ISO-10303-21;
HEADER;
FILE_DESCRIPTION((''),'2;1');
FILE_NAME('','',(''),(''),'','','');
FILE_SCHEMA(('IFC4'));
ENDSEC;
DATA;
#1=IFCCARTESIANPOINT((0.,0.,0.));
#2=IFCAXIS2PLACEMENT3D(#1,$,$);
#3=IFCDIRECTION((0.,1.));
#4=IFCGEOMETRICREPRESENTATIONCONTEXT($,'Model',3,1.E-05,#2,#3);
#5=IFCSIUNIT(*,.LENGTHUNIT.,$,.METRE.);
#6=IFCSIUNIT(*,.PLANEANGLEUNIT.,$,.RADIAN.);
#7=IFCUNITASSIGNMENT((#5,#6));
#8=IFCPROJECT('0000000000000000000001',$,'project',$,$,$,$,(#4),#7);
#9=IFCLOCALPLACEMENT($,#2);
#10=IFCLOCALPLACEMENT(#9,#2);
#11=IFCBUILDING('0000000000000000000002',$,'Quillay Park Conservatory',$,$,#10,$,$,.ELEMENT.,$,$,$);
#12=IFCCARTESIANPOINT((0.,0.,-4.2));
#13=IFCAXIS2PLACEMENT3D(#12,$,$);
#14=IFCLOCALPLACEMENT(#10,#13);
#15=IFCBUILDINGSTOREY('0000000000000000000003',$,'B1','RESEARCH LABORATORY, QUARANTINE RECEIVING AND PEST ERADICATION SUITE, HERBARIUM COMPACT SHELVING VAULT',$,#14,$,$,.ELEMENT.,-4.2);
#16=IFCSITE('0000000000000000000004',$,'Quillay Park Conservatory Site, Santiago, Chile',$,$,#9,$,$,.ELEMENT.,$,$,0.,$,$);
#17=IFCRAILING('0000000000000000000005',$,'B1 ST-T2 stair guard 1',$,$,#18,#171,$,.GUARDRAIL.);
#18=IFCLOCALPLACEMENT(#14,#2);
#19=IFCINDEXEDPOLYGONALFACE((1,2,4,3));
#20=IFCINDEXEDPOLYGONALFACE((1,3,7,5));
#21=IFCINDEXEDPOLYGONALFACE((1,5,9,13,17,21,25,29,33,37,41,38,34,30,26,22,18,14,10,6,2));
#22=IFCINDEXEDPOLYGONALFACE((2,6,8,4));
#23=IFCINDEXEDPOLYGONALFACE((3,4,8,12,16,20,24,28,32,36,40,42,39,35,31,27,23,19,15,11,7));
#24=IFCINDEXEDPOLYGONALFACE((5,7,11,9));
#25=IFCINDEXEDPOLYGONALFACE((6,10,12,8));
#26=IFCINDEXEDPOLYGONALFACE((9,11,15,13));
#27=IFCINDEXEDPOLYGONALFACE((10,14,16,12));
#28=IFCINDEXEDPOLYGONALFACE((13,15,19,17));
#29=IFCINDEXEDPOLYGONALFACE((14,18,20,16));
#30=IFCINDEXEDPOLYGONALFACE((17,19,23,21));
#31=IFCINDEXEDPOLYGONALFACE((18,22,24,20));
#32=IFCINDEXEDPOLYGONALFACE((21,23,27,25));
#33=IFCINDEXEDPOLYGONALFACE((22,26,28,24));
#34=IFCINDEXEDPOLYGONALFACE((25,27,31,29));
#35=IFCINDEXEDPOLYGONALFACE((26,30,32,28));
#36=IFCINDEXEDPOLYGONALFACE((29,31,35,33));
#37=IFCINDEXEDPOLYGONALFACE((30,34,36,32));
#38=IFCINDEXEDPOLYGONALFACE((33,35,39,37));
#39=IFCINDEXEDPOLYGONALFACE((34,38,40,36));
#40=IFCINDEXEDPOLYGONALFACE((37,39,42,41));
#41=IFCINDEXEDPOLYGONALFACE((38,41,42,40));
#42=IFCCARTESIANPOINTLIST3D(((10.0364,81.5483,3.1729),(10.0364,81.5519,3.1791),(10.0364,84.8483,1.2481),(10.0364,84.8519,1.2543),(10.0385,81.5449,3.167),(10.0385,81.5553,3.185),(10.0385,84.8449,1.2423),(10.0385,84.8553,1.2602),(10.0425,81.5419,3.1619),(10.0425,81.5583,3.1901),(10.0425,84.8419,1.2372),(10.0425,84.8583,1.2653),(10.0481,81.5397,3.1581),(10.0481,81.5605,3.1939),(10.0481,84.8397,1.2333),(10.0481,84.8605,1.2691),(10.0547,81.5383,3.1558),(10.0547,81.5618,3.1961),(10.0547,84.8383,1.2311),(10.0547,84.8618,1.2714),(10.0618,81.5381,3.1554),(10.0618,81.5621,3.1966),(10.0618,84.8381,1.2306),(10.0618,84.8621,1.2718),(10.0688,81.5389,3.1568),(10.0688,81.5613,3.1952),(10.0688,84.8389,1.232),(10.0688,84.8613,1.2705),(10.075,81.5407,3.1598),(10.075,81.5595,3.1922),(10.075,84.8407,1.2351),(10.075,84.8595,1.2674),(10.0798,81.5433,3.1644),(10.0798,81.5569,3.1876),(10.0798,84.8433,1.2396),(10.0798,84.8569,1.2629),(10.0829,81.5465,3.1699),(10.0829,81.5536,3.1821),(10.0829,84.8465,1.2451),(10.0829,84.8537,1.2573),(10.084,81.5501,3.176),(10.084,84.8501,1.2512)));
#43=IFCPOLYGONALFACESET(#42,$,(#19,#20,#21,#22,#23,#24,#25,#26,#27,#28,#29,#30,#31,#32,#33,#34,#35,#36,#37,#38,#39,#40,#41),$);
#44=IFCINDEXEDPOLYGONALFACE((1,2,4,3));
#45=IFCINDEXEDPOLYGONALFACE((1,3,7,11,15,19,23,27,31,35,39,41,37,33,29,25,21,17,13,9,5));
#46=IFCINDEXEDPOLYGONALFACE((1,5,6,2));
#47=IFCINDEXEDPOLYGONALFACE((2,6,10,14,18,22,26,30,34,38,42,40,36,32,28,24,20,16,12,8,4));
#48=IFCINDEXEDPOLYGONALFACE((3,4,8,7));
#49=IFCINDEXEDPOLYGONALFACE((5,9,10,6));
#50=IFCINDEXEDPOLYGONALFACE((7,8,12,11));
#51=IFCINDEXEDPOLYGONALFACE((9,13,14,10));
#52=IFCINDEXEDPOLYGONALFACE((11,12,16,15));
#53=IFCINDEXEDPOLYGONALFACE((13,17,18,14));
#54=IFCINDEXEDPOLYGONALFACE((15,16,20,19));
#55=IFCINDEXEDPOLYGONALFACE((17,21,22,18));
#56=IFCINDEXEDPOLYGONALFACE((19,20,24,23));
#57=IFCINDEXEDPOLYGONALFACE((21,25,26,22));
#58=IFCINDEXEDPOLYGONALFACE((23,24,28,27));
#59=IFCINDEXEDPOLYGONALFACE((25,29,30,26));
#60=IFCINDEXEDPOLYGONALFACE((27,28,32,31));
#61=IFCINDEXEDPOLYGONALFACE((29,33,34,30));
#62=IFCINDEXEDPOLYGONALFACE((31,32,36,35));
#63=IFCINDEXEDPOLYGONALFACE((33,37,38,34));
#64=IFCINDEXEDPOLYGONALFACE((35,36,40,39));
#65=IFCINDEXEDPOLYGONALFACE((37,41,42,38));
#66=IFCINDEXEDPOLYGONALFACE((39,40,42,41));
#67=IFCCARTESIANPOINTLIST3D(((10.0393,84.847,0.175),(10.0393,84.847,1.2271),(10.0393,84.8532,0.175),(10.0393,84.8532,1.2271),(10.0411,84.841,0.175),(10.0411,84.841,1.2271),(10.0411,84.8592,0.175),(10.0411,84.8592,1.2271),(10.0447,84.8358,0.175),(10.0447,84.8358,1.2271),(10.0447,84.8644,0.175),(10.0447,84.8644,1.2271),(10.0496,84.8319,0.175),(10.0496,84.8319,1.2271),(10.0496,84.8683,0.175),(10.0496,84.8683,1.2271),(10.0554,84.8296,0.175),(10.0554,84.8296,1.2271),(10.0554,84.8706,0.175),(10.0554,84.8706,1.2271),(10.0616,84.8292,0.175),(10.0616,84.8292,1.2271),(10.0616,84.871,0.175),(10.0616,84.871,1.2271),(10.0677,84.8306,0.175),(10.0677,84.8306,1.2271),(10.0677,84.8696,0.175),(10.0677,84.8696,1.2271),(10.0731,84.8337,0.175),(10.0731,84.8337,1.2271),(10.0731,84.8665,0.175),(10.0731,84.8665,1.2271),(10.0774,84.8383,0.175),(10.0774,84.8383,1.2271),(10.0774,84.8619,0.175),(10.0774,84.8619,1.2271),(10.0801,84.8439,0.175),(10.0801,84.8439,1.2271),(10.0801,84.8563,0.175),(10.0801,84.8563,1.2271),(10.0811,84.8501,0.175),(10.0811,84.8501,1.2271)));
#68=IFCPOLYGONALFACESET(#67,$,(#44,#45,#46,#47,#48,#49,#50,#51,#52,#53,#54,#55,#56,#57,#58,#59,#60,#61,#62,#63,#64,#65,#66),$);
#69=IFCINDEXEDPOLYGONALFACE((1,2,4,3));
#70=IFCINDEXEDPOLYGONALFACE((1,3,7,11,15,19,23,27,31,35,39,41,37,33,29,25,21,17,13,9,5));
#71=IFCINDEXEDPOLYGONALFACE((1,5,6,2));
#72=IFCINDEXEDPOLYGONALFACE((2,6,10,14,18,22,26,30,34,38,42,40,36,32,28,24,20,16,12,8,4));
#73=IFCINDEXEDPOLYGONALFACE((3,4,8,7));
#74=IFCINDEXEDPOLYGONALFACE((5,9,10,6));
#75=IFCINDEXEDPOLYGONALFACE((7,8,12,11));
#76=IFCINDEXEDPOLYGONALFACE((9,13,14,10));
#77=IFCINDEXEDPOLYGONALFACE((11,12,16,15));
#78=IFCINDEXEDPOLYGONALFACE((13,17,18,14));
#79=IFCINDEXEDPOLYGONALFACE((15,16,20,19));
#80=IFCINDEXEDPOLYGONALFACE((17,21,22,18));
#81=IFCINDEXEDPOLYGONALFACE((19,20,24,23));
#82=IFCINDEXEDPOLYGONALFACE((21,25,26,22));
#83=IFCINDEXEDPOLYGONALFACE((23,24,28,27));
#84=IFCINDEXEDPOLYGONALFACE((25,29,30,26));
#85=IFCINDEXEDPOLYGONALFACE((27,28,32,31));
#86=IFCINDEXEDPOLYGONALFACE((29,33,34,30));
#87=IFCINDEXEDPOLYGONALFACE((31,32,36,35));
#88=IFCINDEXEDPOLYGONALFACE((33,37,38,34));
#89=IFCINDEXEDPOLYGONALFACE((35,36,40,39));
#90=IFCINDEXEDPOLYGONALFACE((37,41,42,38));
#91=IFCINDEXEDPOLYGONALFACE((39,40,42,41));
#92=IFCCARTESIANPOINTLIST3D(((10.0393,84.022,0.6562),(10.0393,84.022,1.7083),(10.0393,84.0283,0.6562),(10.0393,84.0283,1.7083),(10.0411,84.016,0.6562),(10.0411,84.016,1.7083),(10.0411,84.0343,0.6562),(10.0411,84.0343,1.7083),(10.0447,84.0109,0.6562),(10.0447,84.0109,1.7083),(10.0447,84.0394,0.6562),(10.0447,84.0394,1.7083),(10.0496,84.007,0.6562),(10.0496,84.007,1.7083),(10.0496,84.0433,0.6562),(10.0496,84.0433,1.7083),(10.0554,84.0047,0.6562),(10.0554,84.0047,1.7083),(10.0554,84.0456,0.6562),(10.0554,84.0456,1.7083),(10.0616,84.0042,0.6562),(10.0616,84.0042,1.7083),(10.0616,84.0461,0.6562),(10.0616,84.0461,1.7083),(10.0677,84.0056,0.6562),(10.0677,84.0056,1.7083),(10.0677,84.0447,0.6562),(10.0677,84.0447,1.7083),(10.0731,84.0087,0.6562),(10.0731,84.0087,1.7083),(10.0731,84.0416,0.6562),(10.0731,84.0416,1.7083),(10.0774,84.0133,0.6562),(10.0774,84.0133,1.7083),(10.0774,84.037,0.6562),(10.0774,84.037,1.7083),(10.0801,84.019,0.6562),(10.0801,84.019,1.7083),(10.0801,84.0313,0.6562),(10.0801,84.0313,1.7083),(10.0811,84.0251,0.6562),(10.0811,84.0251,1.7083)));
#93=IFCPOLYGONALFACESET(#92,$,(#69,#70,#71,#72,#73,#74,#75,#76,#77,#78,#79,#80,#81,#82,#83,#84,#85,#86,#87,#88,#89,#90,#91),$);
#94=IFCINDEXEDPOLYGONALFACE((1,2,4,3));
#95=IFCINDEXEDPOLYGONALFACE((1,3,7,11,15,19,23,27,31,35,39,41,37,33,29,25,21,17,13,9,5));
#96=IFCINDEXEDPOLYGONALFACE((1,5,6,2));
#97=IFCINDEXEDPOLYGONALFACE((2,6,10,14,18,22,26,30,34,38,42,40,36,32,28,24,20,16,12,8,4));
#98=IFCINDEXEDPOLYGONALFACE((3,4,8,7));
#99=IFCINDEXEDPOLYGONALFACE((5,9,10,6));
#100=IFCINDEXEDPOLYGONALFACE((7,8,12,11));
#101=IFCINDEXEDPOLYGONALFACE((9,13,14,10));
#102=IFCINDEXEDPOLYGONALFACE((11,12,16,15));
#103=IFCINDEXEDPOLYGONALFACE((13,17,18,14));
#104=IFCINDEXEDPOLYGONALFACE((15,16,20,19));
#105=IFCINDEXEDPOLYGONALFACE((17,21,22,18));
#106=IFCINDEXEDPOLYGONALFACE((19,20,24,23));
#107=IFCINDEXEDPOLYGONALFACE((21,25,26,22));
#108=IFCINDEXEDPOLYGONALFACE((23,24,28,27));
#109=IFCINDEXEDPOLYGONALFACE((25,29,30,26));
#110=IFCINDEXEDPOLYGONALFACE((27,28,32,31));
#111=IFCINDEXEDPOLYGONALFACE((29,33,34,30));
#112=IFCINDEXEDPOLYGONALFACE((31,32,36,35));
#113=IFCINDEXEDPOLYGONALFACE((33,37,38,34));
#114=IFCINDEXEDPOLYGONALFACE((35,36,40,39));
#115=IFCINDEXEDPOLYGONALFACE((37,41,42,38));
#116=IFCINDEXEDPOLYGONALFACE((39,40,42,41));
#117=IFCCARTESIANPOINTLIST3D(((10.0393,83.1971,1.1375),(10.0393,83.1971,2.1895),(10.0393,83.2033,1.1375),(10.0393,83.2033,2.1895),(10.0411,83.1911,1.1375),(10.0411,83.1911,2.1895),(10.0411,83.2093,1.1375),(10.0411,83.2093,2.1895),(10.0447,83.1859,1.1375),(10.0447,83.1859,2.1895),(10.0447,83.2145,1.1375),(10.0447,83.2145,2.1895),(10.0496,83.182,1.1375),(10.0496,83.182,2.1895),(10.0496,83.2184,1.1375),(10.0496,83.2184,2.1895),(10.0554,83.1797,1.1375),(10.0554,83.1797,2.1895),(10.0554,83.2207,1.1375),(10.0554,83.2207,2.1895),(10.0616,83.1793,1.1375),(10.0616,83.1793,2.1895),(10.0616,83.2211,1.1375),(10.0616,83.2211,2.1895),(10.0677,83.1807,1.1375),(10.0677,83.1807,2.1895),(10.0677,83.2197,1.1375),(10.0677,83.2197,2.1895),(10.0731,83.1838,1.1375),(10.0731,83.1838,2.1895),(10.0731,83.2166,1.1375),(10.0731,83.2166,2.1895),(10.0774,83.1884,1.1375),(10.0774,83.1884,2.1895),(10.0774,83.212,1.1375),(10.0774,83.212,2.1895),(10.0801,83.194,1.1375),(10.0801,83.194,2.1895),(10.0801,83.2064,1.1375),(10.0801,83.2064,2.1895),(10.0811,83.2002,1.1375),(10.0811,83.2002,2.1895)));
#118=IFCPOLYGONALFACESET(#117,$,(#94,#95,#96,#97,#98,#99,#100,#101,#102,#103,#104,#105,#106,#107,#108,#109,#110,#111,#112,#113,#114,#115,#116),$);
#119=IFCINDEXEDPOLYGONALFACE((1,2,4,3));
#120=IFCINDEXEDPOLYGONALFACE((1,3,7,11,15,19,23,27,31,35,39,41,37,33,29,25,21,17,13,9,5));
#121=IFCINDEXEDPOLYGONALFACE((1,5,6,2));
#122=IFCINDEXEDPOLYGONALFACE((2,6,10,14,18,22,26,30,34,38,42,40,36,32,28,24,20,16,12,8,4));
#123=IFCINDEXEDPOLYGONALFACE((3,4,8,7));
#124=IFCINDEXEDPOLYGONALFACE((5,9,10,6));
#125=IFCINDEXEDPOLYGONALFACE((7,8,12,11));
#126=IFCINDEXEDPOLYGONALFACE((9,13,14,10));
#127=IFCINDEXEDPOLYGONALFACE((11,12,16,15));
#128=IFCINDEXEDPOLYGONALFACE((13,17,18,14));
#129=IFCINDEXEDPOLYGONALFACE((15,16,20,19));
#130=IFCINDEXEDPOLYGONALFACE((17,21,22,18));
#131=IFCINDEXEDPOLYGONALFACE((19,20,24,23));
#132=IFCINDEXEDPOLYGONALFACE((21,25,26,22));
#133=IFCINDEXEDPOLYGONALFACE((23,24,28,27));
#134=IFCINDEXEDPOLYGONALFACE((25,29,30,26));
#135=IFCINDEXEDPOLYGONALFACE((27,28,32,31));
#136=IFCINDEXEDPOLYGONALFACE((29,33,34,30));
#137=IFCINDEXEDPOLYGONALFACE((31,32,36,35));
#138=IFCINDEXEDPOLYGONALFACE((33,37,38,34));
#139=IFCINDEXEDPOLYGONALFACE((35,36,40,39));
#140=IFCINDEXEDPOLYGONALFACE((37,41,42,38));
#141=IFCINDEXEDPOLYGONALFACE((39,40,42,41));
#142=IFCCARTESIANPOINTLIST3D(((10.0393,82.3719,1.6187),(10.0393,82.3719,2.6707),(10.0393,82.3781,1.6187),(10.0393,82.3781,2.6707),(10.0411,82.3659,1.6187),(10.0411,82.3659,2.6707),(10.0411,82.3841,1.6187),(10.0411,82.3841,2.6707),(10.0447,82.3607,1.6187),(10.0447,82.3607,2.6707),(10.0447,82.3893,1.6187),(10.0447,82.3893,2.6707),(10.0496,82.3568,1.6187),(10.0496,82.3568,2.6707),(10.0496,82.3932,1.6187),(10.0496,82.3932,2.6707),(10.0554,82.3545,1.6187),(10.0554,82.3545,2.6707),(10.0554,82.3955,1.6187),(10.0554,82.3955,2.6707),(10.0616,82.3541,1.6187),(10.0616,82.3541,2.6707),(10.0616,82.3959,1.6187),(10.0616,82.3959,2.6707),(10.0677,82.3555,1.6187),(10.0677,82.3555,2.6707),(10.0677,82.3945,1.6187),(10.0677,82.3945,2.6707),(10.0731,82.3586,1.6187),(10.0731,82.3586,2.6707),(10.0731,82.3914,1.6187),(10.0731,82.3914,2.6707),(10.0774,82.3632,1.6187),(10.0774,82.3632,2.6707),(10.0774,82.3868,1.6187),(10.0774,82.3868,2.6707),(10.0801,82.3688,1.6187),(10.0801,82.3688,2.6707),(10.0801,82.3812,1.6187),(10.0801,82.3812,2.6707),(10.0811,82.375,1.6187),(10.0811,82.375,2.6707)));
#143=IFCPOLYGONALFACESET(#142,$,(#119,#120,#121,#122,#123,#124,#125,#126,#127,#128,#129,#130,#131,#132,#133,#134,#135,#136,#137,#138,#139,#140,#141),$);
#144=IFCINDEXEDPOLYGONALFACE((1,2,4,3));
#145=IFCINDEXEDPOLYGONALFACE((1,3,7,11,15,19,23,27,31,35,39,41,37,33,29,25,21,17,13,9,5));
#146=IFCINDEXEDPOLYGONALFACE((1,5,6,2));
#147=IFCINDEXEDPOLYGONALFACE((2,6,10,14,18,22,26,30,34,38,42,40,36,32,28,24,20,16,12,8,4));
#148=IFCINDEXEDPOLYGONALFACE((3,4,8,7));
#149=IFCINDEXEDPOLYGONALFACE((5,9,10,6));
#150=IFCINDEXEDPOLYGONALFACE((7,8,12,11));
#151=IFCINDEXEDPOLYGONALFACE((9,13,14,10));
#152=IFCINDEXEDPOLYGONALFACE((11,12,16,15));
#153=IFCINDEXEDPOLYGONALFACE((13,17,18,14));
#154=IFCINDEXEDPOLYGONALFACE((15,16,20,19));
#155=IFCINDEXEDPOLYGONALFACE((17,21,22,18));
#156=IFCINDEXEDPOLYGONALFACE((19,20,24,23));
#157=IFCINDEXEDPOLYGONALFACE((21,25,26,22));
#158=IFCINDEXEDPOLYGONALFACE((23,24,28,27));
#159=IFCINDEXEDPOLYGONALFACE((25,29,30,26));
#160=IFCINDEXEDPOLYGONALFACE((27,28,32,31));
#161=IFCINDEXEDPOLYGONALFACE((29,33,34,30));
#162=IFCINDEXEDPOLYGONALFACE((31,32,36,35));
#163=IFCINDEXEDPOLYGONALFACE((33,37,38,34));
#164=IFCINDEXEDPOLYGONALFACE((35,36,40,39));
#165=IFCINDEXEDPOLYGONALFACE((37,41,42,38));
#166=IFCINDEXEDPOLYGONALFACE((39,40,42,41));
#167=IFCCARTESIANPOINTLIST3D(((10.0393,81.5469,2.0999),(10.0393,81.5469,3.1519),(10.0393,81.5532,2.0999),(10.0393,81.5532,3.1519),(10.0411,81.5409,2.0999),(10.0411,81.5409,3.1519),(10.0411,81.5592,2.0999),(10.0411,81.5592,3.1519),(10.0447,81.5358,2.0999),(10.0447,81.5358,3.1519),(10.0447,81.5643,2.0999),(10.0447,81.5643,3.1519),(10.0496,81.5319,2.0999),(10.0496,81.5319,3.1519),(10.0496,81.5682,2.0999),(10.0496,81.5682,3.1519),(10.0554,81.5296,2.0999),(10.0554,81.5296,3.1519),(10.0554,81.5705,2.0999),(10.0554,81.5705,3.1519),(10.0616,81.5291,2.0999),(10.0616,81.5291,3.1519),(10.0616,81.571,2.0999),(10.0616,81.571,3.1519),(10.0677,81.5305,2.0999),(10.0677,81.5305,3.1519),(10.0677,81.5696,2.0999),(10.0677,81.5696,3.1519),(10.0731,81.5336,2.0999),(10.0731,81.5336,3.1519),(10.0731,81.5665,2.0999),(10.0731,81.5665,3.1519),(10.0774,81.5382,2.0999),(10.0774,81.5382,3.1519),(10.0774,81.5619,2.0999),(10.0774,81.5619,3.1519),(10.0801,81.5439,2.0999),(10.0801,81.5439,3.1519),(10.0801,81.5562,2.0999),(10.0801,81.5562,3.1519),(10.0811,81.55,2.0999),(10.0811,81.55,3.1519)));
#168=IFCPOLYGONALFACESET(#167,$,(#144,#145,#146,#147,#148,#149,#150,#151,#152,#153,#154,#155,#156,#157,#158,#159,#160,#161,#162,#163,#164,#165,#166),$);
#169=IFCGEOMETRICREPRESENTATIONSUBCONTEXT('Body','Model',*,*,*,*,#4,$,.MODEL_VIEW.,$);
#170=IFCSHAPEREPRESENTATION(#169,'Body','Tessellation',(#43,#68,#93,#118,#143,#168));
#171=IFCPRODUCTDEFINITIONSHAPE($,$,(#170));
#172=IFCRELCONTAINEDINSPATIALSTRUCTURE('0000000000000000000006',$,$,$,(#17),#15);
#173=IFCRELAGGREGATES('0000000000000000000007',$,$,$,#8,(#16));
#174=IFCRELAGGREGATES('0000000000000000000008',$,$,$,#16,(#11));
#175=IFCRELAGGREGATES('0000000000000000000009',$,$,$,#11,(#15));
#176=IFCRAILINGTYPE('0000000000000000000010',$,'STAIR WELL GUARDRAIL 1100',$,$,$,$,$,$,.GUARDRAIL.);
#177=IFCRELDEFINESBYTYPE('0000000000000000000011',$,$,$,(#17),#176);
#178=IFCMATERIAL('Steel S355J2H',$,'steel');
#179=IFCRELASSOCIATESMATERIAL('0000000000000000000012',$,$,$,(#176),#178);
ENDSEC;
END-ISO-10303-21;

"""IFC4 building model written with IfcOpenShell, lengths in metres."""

from ifc_helpers import new_model, si_unit, direction, frame, origin, origin_2d, place, context, subcontext, project, spatial, circle, extrude, material, type_object, element, save


model = new_model("IFC4")

# Units and contexts
model_context = context("Model", 3, precision=1e-05, world=origin(), true_north=direction((0.0, 1.0)))
body_context = subcontext(model_context, "Body", "Model", "MODEL_VIEW")
ifc_project = project(units=[si_unit("LENGTHUNIT", "METRE"), si_unit("PLANEANGLEUNIT", "RADIAN")], contexts=[model_context])

# Site, building, storey
site_placement = place(None, origin())
site = spatial("IfcSite", under=ifc_project, at=site_placement, Name="Quillay Park Conservatory Site, Santiago, Chile", CompositionType="ELEMENT", RefElevation=0.0)
building_placement = place(site_placement, origin())
building = spatial("IfcBuilding", under=site, at=building_placement, Name="Quillay Park Conservatory", CompositionType="ELEMENT")
storey_placement = place(building_placement, frame((0.0, 0.0, -4.2)))
storey = spatial("IfcBuildingStorey", under=building, at=storey_placement, Name="B1", Description="RESEARCH LABORATORY, QUARANTINE RECEIVING AND PEST ERADICATION SUITE, HERBARIUM COMPACT SHELVING VAULT", CompositionType="ELEMENT", Elevation=-4.2)

# Railing
ifc_material_1 = material(Name="Steel S355J2H", Category="steel")
railing_type_1 = type_object("IfcRailingType", Name="STAIR WELL GUARDRAIL 1100", PredefinedType="GUARDRAIL", material=ifc_material_1)
railing_1_placement = place(storey_placement, frame((10.0601, 84.8501, 0.175)))
element("IfcRailing", 1, at=railing_1_placement, inside=storey, type_object=railing_type_1, Name="B1 ST-T2 stair guard 1", PredefinedType="GUARDRAIL", context=body_context, shape_type="SweptSolid", body=[
    extrude(circle(Radius=0.0239, at=origin_2d()), frame((0.0, 0.0, 1.0762), z_axis=(0.0, -0.863804, 0.503827), x_axis=(1.0, 0.0, 0.0)), (0.0, 0.0, 1.0), 3.8203),
    extrude(circle(Radius=0.021, at=origin_2d()), origin(), (0.0, 0.0, 1.0), 1.052),
    extrude(circle(Radius=0.021, at=origin_2d()), frame((0.0, -0.825, 0.4812)), (0.0, 0.0, 1.0), 1.052),
    extrude(circle(Radius=0.021, at=origin_2d()), frame((0.0, -1.6499, 0.9624)), (0.0, 0.0, 1.0), 1.052),
    extrude(circle(Radius=0.021, at=origin_2d()), frame((0.0, -2.4751, 1.4436)), (0.0, 0.0, 1.0), 1.052),
    extrude(circle(Radius=0.021, at=origin_2d()), frame((0.0, -3.3, 1.9248)), (0.0, 0.0, 1.0), 1.052),
])

save(model, "model.ifc")
